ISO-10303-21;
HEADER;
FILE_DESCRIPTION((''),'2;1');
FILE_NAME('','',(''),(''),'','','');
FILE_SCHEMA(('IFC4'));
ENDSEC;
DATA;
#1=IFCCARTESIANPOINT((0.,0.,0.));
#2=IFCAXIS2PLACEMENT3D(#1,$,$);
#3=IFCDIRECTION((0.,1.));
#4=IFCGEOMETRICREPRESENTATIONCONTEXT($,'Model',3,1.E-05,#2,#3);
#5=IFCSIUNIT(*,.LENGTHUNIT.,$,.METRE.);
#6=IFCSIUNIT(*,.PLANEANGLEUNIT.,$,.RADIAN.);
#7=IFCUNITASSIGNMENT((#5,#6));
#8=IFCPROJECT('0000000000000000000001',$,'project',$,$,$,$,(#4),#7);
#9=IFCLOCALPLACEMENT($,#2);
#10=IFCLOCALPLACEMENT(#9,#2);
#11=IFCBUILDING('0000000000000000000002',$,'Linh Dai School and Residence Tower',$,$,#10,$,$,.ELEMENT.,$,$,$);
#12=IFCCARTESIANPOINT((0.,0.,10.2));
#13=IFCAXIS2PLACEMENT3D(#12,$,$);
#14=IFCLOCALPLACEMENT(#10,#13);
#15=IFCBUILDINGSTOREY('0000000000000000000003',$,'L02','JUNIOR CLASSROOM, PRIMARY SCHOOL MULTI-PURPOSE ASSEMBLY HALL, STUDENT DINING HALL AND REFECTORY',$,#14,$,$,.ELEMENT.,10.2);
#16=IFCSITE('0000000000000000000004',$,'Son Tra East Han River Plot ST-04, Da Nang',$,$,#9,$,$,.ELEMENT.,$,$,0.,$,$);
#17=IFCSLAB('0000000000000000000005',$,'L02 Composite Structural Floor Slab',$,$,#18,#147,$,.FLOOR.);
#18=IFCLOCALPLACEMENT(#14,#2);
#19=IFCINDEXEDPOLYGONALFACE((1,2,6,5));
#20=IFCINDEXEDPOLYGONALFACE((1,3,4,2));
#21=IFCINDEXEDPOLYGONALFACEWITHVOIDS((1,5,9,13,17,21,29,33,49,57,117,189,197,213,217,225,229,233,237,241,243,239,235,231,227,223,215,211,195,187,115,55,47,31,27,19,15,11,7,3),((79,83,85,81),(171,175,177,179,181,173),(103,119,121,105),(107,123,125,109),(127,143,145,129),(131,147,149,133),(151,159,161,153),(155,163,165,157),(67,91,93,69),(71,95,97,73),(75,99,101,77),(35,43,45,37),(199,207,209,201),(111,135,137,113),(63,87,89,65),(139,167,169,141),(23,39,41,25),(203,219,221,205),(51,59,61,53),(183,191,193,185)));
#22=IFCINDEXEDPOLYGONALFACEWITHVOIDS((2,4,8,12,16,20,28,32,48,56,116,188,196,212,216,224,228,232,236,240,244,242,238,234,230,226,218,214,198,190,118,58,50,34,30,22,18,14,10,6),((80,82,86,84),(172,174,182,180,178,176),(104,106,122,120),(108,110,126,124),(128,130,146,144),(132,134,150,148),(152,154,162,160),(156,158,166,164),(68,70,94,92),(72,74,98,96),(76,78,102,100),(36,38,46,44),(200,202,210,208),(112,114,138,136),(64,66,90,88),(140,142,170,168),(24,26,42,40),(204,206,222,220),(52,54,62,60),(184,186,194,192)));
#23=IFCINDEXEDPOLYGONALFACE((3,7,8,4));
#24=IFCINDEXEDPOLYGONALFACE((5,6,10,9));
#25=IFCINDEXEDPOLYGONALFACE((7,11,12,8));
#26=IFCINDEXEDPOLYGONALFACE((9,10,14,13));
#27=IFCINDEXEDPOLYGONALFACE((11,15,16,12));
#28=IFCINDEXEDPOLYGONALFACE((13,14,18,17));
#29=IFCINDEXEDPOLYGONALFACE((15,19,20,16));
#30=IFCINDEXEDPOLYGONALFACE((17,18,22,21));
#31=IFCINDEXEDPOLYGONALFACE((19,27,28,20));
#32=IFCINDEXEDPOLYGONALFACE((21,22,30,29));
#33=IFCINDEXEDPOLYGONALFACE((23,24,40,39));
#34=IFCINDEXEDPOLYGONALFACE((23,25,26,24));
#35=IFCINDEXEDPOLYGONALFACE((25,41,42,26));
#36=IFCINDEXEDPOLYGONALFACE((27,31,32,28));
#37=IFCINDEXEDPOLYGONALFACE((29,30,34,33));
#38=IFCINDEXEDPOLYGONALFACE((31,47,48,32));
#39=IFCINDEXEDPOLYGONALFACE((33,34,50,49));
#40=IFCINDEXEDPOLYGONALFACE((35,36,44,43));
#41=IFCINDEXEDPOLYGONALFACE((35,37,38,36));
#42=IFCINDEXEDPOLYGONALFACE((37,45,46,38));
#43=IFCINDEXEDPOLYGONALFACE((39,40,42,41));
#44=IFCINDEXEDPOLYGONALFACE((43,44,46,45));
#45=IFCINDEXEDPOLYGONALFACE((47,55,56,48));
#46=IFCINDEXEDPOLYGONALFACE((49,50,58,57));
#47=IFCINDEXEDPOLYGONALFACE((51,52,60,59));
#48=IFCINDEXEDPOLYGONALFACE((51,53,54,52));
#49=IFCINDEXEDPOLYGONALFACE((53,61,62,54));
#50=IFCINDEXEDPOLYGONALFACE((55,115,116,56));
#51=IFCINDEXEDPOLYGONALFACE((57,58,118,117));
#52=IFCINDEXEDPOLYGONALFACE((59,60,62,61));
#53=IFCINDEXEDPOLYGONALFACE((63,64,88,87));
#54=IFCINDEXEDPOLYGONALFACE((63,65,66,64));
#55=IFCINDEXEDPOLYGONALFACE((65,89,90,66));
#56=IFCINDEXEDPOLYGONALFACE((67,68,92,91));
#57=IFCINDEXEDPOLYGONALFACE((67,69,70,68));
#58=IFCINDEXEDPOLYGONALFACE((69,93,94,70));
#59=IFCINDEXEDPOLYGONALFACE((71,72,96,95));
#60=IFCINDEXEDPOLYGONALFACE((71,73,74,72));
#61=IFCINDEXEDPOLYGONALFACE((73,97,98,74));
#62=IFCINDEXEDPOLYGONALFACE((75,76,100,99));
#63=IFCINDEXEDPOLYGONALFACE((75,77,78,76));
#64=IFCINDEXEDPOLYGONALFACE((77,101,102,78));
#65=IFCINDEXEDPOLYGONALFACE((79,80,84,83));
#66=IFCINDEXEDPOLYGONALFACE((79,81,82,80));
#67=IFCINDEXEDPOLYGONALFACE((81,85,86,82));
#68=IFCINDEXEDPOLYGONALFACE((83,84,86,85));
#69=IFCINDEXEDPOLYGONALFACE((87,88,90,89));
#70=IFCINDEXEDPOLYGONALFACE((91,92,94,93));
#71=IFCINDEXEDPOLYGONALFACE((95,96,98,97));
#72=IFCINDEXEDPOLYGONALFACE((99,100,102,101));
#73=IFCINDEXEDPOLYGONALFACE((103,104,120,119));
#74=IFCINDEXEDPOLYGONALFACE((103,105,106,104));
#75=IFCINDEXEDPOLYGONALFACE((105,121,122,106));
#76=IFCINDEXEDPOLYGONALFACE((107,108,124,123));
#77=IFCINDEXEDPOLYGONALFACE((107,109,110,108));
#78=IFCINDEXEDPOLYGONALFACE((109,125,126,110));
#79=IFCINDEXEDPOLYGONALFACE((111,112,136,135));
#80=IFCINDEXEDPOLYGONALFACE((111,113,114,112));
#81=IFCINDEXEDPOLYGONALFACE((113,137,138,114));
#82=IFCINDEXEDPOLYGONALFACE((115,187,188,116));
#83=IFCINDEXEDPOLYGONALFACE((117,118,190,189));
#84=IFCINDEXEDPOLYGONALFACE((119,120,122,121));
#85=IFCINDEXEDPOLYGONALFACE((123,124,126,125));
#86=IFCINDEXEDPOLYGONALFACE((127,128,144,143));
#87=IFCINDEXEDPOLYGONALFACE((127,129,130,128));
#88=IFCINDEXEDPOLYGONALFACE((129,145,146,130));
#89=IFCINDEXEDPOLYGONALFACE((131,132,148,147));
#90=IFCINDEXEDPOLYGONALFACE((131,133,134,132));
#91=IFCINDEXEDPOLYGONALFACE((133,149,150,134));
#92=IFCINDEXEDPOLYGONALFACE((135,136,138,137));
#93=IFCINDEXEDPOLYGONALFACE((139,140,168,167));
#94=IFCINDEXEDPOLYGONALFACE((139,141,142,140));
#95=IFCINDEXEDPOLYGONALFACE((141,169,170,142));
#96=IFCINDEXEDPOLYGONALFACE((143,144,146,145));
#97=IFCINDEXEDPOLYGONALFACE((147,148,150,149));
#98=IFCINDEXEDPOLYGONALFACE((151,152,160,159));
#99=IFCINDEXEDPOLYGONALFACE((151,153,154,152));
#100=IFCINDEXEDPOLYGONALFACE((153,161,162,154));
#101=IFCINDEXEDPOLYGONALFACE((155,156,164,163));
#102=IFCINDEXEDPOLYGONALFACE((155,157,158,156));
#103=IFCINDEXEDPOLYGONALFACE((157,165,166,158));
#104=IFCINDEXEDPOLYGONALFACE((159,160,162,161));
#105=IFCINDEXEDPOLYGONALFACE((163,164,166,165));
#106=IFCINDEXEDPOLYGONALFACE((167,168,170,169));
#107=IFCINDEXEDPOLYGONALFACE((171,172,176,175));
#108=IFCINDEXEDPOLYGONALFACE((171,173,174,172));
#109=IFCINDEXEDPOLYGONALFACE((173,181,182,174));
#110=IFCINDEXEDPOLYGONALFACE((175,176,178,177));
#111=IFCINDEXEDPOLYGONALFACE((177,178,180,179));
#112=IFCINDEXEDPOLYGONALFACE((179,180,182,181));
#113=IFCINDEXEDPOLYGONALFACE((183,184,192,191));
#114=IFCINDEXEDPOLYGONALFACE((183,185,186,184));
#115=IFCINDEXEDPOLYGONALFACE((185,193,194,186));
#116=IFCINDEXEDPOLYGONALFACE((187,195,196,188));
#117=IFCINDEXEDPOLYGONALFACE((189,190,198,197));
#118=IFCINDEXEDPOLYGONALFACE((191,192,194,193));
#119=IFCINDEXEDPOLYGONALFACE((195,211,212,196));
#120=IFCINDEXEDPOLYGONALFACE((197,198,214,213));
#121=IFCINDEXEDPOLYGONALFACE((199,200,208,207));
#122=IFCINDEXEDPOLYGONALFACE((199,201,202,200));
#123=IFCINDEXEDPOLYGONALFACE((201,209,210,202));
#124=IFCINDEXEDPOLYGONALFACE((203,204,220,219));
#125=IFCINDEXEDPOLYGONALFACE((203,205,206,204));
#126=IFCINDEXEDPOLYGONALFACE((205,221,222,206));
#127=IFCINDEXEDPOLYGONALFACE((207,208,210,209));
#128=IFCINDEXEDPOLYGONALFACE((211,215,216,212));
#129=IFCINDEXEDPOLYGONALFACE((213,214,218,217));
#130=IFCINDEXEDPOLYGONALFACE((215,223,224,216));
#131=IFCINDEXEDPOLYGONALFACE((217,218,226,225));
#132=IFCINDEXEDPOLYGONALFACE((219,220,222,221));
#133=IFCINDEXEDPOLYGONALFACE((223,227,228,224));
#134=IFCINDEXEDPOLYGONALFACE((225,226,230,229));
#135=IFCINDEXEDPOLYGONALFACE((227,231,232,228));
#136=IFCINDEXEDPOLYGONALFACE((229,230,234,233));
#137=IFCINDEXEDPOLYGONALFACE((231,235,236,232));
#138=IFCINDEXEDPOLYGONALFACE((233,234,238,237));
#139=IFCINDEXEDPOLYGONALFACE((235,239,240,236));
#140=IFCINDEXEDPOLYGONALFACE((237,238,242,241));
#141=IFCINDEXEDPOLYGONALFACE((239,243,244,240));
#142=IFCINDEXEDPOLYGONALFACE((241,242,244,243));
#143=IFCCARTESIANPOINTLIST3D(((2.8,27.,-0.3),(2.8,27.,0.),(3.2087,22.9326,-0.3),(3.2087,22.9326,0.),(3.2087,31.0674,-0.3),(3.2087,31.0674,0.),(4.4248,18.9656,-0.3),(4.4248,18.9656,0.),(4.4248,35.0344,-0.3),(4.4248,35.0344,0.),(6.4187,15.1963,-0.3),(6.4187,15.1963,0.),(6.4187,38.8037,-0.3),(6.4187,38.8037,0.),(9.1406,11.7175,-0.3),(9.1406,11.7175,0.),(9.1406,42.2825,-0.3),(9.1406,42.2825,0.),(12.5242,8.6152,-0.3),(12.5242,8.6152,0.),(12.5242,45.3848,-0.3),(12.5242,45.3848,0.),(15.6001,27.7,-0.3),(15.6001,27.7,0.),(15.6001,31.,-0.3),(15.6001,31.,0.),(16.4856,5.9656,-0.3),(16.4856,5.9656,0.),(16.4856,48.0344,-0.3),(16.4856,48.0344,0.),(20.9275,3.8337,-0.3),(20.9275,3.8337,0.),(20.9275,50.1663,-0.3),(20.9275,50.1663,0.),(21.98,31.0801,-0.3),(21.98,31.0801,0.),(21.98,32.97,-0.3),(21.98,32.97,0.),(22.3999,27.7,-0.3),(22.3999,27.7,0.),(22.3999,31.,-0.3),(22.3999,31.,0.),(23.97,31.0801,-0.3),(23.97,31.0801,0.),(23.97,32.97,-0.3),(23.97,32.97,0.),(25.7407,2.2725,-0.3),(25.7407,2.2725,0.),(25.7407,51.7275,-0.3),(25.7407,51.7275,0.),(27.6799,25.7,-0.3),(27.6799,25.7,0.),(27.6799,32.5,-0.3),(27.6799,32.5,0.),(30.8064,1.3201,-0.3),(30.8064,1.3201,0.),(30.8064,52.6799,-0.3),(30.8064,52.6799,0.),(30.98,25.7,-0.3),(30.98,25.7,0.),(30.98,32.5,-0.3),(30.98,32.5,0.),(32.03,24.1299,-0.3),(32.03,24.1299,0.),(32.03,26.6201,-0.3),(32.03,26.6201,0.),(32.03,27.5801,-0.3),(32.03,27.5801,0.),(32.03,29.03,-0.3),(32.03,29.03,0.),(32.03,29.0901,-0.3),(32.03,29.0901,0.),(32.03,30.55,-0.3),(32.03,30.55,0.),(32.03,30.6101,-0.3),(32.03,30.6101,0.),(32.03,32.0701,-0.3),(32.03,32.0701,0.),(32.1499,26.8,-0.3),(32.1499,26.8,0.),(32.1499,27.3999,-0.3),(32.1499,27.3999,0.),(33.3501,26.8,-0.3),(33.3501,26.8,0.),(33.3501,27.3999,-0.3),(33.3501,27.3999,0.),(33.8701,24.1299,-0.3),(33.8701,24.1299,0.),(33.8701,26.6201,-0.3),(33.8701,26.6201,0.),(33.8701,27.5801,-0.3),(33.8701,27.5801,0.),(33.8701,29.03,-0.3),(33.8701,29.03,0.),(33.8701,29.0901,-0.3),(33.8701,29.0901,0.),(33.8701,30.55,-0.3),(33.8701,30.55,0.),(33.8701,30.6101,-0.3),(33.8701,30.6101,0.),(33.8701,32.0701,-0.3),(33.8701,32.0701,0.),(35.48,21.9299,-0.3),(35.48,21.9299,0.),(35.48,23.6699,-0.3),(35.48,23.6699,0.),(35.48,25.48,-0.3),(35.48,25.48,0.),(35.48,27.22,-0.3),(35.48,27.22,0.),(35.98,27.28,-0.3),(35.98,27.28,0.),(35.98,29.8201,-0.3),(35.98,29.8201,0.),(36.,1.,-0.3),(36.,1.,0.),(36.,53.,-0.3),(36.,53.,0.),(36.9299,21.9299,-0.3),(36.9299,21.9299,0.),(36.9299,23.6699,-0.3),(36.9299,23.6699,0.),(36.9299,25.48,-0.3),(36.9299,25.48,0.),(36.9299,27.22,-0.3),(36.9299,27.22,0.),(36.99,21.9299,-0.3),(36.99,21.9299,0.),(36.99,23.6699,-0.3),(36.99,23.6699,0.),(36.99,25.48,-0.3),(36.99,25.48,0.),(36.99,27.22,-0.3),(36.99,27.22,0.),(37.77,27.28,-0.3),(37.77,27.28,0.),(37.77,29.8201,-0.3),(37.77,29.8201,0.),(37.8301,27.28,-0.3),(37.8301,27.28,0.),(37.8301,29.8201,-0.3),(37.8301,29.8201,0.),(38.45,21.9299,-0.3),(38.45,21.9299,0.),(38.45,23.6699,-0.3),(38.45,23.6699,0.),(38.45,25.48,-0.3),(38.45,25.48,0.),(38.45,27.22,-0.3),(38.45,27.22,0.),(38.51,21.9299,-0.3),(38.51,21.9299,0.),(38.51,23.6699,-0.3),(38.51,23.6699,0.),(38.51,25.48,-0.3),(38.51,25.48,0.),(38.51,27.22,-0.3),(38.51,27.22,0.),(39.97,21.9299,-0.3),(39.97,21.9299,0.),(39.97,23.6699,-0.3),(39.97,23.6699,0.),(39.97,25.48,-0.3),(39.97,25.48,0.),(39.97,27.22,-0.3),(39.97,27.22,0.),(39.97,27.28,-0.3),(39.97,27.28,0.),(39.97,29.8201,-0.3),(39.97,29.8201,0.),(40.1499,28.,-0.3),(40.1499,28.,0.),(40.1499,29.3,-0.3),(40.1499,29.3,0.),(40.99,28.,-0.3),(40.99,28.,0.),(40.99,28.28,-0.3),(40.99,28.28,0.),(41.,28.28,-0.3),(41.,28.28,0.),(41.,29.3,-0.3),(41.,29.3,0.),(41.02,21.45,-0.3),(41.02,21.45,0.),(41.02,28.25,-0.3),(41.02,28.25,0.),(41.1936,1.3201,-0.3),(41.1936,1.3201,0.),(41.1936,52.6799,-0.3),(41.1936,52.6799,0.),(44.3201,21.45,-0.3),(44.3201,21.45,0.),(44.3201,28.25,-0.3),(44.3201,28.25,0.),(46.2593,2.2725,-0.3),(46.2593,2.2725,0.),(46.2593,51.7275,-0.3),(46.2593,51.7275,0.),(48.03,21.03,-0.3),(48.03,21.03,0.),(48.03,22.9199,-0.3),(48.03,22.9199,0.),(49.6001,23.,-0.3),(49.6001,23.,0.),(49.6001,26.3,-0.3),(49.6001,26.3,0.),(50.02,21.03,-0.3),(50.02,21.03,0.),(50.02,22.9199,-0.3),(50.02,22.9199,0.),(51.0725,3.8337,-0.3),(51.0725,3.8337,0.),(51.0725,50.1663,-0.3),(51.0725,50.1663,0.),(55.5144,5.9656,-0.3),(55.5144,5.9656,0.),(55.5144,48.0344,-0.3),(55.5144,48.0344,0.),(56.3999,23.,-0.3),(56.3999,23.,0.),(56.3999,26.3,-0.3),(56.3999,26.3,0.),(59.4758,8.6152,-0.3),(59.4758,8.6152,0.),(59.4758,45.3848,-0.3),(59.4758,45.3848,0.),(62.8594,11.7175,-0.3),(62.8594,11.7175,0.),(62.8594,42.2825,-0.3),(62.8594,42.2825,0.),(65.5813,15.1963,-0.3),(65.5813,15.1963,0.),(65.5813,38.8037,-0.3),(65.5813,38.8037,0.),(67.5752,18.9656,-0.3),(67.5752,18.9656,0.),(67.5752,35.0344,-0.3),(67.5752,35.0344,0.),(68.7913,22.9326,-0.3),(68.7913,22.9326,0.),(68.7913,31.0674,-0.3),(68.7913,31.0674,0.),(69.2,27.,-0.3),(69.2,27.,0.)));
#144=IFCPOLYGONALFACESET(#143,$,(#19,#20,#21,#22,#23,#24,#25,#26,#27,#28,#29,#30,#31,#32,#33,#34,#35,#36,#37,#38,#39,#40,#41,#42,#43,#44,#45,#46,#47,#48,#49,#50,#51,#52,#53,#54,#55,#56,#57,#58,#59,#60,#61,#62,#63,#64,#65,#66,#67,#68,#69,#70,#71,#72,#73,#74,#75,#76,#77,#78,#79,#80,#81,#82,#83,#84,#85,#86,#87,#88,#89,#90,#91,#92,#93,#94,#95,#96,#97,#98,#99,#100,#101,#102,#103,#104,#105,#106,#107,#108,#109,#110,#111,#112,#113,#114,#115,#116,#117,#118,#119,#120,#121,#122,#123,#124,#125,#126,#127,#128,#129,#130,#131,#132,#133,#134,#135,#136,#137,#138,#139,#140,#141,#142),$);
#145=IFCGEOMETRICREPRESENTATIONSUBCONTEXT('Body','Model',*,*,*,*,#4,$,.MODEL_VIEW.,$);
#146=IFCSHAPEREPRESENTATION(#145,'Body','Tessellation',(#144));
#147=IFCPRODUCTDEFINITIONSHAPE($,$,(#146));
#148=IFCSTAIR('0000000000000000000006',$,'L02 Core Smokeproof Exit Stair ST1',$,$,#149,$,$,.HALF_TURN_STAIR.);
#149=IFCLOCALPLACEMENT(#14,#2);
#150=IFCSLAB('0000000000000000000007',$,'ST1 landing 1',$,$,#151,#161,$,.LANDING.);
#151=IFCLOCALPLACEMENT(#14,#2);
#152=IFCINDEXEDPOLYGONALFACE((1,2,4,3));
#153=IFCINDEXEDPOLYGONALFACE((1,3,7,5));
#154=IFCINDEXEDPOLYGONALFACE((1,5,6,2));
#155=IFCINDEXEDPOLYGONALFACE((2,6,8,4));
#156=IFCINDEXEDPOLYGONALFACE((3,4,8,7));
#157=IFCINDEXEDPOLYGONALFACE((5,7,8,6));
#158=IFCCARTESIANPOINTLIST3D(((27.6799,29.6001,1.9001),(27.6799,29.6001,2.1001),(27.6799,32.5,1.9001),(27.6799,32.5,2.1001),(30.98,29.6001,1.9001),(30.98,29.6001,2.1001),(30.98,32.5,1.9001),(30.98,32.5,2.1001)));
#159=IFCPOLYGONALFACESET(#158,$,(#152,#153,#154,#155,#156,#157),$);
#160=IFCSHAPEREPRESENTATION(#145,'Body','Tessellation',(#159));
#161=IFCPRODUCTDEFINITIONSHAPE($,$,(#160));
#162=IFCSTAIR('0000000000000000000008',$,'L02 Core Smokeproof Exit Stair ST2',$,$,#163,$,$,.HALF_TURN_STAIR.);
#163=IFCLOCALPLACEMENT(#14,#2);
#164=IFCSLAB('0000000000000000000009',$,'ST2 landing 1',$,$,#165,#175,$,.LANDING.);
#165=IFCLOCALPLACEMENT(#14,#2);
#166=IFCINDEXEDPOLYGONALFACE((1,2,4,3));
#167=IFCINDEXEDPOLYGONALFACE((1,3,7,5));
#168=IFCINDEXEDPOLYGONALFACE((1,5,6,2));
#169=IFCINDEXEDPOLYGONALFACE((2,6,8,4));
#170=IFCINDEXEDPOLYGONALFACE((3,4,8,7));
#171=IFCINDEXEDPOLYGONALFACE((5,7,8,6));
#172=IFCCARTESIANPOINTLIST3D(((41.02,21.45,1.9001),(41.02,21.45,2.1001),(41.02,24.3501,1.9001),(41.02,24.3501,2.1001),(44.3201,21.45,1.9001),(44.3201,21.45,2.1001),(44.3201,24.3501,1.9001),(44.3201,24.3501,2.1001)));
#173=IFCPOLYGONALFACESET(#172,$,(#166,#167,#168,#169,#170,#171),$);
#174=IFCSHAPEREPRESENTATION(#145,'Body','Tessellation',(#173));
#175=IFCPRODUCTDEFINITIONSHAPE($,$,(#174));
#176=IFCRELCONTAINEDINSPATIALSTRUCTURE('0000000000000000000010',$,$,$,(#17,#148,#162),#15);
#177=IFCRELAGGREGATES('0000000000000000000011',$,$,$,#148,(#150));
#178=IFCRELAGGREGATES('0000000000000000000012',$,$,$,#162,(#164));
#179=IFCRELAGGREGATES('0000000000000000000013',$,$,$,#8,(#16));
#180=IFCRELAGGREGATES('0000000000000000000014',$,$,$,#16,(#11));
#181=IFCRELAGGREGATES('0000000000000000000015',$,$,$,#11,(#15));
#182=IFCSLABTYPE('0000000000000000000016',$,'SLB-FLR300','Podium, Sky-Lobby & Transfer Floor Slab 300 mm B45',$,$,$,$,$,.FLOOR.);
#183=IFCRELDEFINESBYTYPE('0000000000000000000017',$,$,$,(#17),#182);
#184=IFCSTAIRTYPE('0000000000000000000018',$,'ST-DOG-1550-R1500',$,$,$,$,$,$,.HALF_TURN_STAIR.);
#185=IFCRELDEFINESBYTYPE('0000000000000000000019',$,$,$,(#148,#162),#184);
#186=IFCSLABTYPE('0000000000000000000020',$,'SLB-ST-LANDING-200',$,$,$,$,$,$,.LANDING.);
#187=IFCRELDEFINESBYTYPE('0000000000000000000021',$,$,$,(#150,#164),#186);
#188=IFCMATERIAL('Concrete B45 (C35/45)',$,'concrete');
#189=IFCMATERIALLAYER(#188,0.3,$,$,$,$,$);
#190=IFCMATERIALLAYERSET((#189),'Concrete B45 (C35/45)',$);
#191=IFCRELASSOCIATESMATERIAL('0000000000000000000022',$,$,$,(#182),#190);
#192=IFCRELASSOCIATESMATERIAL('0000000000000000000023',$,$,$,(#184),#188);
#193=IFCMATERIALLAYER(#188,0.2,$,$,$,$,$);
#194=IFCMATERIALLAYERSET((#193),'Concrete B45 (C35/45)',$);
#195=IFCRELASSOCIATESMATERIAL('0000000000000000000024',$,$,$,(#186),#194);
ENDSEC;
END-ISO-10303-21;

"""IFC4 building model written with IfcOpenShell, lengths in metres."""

from ifc_helpers import new_model, si_unit, direction, frame, origin, place, context, subcontext, project, spatial, polyline, outline, extrude, material, layer, layer_set, type_object, element, aggregate, save


model = new_model("IFC4")

# Units and contexts
model_context = context("Model", 3, precision=1e-05, world=origin(), true_north=direction((0.0, 1.0)))
body_context = subcontext(model_context, "Body", "Model", "MODEL_VIEW")
ifc_project = project(units=[si_unit("LENGTHUNIT", "METRE"), si_unit("PLANEANGLEUNIT", "RADIAN")], contexts=[model_context])

# Site, building, storey
site_placement = place(None, origin())
site = spatial("IfcSite", under=ifc_project, at=site_placement, Name="Son Tra East Han River Plot ST-04, Da Nang", CompositionType="ELEMENT", RefElevation=0.0)
building_placement = place(site_placement, origin())
building = spatial("IfcBuilding", under=site, at=building_placement, Name="Linh Dai School and Residence Tower", CompositionType="ELEMENT")
storey_placement = place(building_placement, frame((0.0, 0.0, 10.2)))
storey = spatial("IfcBuildingStorey", under=building, at=storey_placement, Name="L02", Description="JUNIOR CLASSROOM, PRIMARY SCHOOL MULTI-PURPOSE ASSEMBLY HALL, STUDENT DINING HALL AND REFECTORY", CompositionType="ELEMENT", Elevation=10.2)

# Slab
ifc_material_1 = material(Name="Concrete B45 (C35/45)", Category="concrete")
ifc_layer_1 = layer(ifc_material_1, 0.3)
ifc_layer_set_1 = layer_set([ifc_layer_1], Name="Concrete B45 (C35/45)")
slab_type_1 = type_object("IfcSlabType", Name="SLB-FLR300", Description="Podium, Sky-Lobby & Transfer Floor Slab 300 mm B45", PredefinedType="FLOOR", material=ifc_layer_set_1)
slab_1_placement = place(storey_placement, frame((0.0, 0.0, -0.3)))
element("IfcSlab", 1, at=slab_1_placement, inside=storey, type_object=slab_type_1, Name="L02 Composite Structural Floor Slab", PredefinedType="FLOOR", context=body_context, shape_type="SweptSolid", body=[
    extrude(outline(polyline([(69.2, 27.0), (68.7913, 31.0674), (67.5752, 35.0344), (65.5813, 38.8037), (62.8594, 42.2825), (59.4758, 45.3848), (55.5144, 48.0344), (51.0725, 50.1663), (46.2593, 51.7275), (41.1936, 52.6799), (36.0, 53.0), (30.8064, 52.6799), (25.7407, 51.7275), (20.9275, 50.1663), (16.4856, 48.0344), (12.5242, 45.3848), (9.1406, 42.2825), (6.4187, 38.8037), (4.4248, 35.0344), (3.2087, 31.0674), (2.8, 27.0), (3.2087, 22.9326), (4.4248, 18.9656), (6.4187, 15.1963), (9.1406, 11.7175), (12.5242, 8.6152), (16.4856, 5.9656), (20.9275, 3.8337), (25.7407, 2.2725), (30.8064, 1.3201), (36.0, 1.0), (41.1936, 1.3201), (46.2593, 2.2725), (51.0725, 3.8337), (55.5144, 5.9656), (59.4758, 8.6152), (62.8594, 11.7175), (65.5813, 15.1963), (67.5752, 18.9656), (68.7913, 22.9326), (69.2, 27.0)]), holes=[polyline([(30.98, 25.7), (30.98, 32.5), (27.6799, 32.5), (27.6799, 25.7), (30.98, 25.7)]), polyline([(41.02, 28.25), (41.02, 21.45), (44.3201, 21.45), (44.3201, 28.25), (41.02, 28.25)]), polyline([(22.3999, 31.0), (15.6001, 31.0), (15.6001, 27.7), (22.3999, 27.7), (22.3999, 31.0)]), polyline([(49.6001, 23.0), (56.3999, 23.0), (56.3999, 26.3), (49.6001, 26.3), (49.6001, 23.0)]), polyline([(35.98, 27.28), (37.77, 27.28), (37.77, 29.8201), (35.98, 29.8201), (35.98, 27.28)]), polyline([(32.03, 24.1299), (33.8701, 24.1299), (33.8701, 26.6201), (32.03, 26.6201), (32.03, 24.1299)]), polyline([(37.8301, 27.28), (39.97, 27.28), (39.97, 29.8201), (37.8301, 29.8201), (37.8301, 27.28)]), polyline([(35.48, 21.9299), (36.9299, 21.9299), (36.9299, 23.6699), (35.48, 23.6699), (35.48, 21.9299)]), polyline([(36.99, 21.9299), (38.45, 21.9299), (38.45, 23.6699), (36.99, 23.6699), (36.99, 21.9299)]), polyline([(38.51, 21.9299), (39.97, 21.9299), (39.97, 23.6699), (38.51, 23.6699), (38.51, 21.9299)]), polyline([(32.03, 27.5801), (33.8701, 27.5801), (33.8701, 29.03), (32.03, 29.03), (32.03, 27.5801)]), polyline([(32.03, 29.0901), (33.8701, 29.0901), (33.8701, 30.55), (32.03, 30.55), (32.03, 29.0901)]), polyline([(32.03, 30.6101), (33.8701, 30.6101), (33.8701, 32.0701), (32.03, 32.0701), (32.03, 30.6101)]), polyline([(35.48, 25.48), (36.9299, 25.48), (36.9299, 27.22), (35.48, 27.22), (35.48, 25.48)]), polyline([(36.99, 25.48), (38.45, 25.48), (38.45, 27.22), (36.99, 27.22), (36.99, 25.48)]), polyline([(38.51, 25.48), (39.97, 25.48), (39.97, 27.22), (38.51, 27.22), (38.51, 25.48)]), polyline([(21.98, 31.0801), (23.97, 31.0801), (23.97, 32.97), (21.98, 32.97), (21.98, 31.0801)]), polyline([(48.03, 21.03), (50.02, 21.03), (50.02, 22.9199), (48.03, 22.9199), (48.03, 21.03)]), polyline([(40.1499, 28.0), (40.1499, 29.3), (41.0, 29.3), (41.0, 28.28), (40.99, 28.28), (40.99, 28.0), (40.1499, 28.0)]), polyline([(32.1499, 26.8), (33.3501, 26.8), (33.3501, 27.3999), (32.1499, 27.3999), (32.1499, 26.8)])]), origin(), (0.0, 0.0, 1.0), 0.3),
])

# Stairs, slabs
stair_type = type_object("IfcStairType", Name="ST-DOG-1550-R1500", PredefinedType="HALF_TURN_STAIR", material=ifc_material_1)
stair_1_placement = place(storey_placement, origin())
stair_1 = element("IfcStair", 2, at=stair_1_placement, inside=storey, type_object=stair_type, Name="L02 Core Smokeproof Exit Stair ST1", PredefinedType="HALF_TURN_STAIR")
ifc_layer_2 = layer(ifc_material_1, 0.2)
ifc_layer_set_2 = layer_set([ifc_layer_2], Name="Concrete B45 (C35/45)")
slab_type_2 = type_object("IfcSlabType", Name="SLB-ST-LANDING-200", PredefinedType="LANDING", material=ifc_layer_set_2)
slab_2_placement = place(storey_placement, frame((0.0, 0.0, 1.9001)))
slab_2 = element("IfcSlab", 3, at=slab_2_placement, type_object=slab_type_2, Name="ST1 landing 1", PredefinedType="LANDING", context=body_context, shape_type="SweptSolid", body=[
    extrude(outline(polyline([(30.98, 29.6001), (30.98, 32.5), (27.6799, 32.5), (27.6799, 29.6001), (30.98, 29.6001)])), origin(), (0.0, 0.0, 1.0), 0.2),
])
aggregate(stair_1, [slab_2])
stair_2_placement = place(storey_placement, origin())
stair_2 = element("IfcStair", 4, at=stair_2_placement, inside=storey, type_object=stair_type, Name="L02 Core Smokeproof Exit Stair ST2", PredefinedType="HALF_TURN_STAIR")
slab_3_placement = place(storey_placement, frame((0.0, 0.0, 1.9001)))
slab_3 = element("IfcSlab", 5, at=slab_3_placement, type_object=slab_type_2, Name="ST2 landing 1", PredefinedType="LANDING", context=body_context, shape_type="SweptSolid", body=[
    extrude(outline(polyline([(41.02, 24.3501), (41.02, 21.45), (44.3201, 21.45), (44.3201, 24.3501), (41.02, 24.3501)])), origin(), (0.0, 0.0, 1.0), 0.2),
])
aggregate(stair_2, [slab_3])

save(model, "model.ifc")
